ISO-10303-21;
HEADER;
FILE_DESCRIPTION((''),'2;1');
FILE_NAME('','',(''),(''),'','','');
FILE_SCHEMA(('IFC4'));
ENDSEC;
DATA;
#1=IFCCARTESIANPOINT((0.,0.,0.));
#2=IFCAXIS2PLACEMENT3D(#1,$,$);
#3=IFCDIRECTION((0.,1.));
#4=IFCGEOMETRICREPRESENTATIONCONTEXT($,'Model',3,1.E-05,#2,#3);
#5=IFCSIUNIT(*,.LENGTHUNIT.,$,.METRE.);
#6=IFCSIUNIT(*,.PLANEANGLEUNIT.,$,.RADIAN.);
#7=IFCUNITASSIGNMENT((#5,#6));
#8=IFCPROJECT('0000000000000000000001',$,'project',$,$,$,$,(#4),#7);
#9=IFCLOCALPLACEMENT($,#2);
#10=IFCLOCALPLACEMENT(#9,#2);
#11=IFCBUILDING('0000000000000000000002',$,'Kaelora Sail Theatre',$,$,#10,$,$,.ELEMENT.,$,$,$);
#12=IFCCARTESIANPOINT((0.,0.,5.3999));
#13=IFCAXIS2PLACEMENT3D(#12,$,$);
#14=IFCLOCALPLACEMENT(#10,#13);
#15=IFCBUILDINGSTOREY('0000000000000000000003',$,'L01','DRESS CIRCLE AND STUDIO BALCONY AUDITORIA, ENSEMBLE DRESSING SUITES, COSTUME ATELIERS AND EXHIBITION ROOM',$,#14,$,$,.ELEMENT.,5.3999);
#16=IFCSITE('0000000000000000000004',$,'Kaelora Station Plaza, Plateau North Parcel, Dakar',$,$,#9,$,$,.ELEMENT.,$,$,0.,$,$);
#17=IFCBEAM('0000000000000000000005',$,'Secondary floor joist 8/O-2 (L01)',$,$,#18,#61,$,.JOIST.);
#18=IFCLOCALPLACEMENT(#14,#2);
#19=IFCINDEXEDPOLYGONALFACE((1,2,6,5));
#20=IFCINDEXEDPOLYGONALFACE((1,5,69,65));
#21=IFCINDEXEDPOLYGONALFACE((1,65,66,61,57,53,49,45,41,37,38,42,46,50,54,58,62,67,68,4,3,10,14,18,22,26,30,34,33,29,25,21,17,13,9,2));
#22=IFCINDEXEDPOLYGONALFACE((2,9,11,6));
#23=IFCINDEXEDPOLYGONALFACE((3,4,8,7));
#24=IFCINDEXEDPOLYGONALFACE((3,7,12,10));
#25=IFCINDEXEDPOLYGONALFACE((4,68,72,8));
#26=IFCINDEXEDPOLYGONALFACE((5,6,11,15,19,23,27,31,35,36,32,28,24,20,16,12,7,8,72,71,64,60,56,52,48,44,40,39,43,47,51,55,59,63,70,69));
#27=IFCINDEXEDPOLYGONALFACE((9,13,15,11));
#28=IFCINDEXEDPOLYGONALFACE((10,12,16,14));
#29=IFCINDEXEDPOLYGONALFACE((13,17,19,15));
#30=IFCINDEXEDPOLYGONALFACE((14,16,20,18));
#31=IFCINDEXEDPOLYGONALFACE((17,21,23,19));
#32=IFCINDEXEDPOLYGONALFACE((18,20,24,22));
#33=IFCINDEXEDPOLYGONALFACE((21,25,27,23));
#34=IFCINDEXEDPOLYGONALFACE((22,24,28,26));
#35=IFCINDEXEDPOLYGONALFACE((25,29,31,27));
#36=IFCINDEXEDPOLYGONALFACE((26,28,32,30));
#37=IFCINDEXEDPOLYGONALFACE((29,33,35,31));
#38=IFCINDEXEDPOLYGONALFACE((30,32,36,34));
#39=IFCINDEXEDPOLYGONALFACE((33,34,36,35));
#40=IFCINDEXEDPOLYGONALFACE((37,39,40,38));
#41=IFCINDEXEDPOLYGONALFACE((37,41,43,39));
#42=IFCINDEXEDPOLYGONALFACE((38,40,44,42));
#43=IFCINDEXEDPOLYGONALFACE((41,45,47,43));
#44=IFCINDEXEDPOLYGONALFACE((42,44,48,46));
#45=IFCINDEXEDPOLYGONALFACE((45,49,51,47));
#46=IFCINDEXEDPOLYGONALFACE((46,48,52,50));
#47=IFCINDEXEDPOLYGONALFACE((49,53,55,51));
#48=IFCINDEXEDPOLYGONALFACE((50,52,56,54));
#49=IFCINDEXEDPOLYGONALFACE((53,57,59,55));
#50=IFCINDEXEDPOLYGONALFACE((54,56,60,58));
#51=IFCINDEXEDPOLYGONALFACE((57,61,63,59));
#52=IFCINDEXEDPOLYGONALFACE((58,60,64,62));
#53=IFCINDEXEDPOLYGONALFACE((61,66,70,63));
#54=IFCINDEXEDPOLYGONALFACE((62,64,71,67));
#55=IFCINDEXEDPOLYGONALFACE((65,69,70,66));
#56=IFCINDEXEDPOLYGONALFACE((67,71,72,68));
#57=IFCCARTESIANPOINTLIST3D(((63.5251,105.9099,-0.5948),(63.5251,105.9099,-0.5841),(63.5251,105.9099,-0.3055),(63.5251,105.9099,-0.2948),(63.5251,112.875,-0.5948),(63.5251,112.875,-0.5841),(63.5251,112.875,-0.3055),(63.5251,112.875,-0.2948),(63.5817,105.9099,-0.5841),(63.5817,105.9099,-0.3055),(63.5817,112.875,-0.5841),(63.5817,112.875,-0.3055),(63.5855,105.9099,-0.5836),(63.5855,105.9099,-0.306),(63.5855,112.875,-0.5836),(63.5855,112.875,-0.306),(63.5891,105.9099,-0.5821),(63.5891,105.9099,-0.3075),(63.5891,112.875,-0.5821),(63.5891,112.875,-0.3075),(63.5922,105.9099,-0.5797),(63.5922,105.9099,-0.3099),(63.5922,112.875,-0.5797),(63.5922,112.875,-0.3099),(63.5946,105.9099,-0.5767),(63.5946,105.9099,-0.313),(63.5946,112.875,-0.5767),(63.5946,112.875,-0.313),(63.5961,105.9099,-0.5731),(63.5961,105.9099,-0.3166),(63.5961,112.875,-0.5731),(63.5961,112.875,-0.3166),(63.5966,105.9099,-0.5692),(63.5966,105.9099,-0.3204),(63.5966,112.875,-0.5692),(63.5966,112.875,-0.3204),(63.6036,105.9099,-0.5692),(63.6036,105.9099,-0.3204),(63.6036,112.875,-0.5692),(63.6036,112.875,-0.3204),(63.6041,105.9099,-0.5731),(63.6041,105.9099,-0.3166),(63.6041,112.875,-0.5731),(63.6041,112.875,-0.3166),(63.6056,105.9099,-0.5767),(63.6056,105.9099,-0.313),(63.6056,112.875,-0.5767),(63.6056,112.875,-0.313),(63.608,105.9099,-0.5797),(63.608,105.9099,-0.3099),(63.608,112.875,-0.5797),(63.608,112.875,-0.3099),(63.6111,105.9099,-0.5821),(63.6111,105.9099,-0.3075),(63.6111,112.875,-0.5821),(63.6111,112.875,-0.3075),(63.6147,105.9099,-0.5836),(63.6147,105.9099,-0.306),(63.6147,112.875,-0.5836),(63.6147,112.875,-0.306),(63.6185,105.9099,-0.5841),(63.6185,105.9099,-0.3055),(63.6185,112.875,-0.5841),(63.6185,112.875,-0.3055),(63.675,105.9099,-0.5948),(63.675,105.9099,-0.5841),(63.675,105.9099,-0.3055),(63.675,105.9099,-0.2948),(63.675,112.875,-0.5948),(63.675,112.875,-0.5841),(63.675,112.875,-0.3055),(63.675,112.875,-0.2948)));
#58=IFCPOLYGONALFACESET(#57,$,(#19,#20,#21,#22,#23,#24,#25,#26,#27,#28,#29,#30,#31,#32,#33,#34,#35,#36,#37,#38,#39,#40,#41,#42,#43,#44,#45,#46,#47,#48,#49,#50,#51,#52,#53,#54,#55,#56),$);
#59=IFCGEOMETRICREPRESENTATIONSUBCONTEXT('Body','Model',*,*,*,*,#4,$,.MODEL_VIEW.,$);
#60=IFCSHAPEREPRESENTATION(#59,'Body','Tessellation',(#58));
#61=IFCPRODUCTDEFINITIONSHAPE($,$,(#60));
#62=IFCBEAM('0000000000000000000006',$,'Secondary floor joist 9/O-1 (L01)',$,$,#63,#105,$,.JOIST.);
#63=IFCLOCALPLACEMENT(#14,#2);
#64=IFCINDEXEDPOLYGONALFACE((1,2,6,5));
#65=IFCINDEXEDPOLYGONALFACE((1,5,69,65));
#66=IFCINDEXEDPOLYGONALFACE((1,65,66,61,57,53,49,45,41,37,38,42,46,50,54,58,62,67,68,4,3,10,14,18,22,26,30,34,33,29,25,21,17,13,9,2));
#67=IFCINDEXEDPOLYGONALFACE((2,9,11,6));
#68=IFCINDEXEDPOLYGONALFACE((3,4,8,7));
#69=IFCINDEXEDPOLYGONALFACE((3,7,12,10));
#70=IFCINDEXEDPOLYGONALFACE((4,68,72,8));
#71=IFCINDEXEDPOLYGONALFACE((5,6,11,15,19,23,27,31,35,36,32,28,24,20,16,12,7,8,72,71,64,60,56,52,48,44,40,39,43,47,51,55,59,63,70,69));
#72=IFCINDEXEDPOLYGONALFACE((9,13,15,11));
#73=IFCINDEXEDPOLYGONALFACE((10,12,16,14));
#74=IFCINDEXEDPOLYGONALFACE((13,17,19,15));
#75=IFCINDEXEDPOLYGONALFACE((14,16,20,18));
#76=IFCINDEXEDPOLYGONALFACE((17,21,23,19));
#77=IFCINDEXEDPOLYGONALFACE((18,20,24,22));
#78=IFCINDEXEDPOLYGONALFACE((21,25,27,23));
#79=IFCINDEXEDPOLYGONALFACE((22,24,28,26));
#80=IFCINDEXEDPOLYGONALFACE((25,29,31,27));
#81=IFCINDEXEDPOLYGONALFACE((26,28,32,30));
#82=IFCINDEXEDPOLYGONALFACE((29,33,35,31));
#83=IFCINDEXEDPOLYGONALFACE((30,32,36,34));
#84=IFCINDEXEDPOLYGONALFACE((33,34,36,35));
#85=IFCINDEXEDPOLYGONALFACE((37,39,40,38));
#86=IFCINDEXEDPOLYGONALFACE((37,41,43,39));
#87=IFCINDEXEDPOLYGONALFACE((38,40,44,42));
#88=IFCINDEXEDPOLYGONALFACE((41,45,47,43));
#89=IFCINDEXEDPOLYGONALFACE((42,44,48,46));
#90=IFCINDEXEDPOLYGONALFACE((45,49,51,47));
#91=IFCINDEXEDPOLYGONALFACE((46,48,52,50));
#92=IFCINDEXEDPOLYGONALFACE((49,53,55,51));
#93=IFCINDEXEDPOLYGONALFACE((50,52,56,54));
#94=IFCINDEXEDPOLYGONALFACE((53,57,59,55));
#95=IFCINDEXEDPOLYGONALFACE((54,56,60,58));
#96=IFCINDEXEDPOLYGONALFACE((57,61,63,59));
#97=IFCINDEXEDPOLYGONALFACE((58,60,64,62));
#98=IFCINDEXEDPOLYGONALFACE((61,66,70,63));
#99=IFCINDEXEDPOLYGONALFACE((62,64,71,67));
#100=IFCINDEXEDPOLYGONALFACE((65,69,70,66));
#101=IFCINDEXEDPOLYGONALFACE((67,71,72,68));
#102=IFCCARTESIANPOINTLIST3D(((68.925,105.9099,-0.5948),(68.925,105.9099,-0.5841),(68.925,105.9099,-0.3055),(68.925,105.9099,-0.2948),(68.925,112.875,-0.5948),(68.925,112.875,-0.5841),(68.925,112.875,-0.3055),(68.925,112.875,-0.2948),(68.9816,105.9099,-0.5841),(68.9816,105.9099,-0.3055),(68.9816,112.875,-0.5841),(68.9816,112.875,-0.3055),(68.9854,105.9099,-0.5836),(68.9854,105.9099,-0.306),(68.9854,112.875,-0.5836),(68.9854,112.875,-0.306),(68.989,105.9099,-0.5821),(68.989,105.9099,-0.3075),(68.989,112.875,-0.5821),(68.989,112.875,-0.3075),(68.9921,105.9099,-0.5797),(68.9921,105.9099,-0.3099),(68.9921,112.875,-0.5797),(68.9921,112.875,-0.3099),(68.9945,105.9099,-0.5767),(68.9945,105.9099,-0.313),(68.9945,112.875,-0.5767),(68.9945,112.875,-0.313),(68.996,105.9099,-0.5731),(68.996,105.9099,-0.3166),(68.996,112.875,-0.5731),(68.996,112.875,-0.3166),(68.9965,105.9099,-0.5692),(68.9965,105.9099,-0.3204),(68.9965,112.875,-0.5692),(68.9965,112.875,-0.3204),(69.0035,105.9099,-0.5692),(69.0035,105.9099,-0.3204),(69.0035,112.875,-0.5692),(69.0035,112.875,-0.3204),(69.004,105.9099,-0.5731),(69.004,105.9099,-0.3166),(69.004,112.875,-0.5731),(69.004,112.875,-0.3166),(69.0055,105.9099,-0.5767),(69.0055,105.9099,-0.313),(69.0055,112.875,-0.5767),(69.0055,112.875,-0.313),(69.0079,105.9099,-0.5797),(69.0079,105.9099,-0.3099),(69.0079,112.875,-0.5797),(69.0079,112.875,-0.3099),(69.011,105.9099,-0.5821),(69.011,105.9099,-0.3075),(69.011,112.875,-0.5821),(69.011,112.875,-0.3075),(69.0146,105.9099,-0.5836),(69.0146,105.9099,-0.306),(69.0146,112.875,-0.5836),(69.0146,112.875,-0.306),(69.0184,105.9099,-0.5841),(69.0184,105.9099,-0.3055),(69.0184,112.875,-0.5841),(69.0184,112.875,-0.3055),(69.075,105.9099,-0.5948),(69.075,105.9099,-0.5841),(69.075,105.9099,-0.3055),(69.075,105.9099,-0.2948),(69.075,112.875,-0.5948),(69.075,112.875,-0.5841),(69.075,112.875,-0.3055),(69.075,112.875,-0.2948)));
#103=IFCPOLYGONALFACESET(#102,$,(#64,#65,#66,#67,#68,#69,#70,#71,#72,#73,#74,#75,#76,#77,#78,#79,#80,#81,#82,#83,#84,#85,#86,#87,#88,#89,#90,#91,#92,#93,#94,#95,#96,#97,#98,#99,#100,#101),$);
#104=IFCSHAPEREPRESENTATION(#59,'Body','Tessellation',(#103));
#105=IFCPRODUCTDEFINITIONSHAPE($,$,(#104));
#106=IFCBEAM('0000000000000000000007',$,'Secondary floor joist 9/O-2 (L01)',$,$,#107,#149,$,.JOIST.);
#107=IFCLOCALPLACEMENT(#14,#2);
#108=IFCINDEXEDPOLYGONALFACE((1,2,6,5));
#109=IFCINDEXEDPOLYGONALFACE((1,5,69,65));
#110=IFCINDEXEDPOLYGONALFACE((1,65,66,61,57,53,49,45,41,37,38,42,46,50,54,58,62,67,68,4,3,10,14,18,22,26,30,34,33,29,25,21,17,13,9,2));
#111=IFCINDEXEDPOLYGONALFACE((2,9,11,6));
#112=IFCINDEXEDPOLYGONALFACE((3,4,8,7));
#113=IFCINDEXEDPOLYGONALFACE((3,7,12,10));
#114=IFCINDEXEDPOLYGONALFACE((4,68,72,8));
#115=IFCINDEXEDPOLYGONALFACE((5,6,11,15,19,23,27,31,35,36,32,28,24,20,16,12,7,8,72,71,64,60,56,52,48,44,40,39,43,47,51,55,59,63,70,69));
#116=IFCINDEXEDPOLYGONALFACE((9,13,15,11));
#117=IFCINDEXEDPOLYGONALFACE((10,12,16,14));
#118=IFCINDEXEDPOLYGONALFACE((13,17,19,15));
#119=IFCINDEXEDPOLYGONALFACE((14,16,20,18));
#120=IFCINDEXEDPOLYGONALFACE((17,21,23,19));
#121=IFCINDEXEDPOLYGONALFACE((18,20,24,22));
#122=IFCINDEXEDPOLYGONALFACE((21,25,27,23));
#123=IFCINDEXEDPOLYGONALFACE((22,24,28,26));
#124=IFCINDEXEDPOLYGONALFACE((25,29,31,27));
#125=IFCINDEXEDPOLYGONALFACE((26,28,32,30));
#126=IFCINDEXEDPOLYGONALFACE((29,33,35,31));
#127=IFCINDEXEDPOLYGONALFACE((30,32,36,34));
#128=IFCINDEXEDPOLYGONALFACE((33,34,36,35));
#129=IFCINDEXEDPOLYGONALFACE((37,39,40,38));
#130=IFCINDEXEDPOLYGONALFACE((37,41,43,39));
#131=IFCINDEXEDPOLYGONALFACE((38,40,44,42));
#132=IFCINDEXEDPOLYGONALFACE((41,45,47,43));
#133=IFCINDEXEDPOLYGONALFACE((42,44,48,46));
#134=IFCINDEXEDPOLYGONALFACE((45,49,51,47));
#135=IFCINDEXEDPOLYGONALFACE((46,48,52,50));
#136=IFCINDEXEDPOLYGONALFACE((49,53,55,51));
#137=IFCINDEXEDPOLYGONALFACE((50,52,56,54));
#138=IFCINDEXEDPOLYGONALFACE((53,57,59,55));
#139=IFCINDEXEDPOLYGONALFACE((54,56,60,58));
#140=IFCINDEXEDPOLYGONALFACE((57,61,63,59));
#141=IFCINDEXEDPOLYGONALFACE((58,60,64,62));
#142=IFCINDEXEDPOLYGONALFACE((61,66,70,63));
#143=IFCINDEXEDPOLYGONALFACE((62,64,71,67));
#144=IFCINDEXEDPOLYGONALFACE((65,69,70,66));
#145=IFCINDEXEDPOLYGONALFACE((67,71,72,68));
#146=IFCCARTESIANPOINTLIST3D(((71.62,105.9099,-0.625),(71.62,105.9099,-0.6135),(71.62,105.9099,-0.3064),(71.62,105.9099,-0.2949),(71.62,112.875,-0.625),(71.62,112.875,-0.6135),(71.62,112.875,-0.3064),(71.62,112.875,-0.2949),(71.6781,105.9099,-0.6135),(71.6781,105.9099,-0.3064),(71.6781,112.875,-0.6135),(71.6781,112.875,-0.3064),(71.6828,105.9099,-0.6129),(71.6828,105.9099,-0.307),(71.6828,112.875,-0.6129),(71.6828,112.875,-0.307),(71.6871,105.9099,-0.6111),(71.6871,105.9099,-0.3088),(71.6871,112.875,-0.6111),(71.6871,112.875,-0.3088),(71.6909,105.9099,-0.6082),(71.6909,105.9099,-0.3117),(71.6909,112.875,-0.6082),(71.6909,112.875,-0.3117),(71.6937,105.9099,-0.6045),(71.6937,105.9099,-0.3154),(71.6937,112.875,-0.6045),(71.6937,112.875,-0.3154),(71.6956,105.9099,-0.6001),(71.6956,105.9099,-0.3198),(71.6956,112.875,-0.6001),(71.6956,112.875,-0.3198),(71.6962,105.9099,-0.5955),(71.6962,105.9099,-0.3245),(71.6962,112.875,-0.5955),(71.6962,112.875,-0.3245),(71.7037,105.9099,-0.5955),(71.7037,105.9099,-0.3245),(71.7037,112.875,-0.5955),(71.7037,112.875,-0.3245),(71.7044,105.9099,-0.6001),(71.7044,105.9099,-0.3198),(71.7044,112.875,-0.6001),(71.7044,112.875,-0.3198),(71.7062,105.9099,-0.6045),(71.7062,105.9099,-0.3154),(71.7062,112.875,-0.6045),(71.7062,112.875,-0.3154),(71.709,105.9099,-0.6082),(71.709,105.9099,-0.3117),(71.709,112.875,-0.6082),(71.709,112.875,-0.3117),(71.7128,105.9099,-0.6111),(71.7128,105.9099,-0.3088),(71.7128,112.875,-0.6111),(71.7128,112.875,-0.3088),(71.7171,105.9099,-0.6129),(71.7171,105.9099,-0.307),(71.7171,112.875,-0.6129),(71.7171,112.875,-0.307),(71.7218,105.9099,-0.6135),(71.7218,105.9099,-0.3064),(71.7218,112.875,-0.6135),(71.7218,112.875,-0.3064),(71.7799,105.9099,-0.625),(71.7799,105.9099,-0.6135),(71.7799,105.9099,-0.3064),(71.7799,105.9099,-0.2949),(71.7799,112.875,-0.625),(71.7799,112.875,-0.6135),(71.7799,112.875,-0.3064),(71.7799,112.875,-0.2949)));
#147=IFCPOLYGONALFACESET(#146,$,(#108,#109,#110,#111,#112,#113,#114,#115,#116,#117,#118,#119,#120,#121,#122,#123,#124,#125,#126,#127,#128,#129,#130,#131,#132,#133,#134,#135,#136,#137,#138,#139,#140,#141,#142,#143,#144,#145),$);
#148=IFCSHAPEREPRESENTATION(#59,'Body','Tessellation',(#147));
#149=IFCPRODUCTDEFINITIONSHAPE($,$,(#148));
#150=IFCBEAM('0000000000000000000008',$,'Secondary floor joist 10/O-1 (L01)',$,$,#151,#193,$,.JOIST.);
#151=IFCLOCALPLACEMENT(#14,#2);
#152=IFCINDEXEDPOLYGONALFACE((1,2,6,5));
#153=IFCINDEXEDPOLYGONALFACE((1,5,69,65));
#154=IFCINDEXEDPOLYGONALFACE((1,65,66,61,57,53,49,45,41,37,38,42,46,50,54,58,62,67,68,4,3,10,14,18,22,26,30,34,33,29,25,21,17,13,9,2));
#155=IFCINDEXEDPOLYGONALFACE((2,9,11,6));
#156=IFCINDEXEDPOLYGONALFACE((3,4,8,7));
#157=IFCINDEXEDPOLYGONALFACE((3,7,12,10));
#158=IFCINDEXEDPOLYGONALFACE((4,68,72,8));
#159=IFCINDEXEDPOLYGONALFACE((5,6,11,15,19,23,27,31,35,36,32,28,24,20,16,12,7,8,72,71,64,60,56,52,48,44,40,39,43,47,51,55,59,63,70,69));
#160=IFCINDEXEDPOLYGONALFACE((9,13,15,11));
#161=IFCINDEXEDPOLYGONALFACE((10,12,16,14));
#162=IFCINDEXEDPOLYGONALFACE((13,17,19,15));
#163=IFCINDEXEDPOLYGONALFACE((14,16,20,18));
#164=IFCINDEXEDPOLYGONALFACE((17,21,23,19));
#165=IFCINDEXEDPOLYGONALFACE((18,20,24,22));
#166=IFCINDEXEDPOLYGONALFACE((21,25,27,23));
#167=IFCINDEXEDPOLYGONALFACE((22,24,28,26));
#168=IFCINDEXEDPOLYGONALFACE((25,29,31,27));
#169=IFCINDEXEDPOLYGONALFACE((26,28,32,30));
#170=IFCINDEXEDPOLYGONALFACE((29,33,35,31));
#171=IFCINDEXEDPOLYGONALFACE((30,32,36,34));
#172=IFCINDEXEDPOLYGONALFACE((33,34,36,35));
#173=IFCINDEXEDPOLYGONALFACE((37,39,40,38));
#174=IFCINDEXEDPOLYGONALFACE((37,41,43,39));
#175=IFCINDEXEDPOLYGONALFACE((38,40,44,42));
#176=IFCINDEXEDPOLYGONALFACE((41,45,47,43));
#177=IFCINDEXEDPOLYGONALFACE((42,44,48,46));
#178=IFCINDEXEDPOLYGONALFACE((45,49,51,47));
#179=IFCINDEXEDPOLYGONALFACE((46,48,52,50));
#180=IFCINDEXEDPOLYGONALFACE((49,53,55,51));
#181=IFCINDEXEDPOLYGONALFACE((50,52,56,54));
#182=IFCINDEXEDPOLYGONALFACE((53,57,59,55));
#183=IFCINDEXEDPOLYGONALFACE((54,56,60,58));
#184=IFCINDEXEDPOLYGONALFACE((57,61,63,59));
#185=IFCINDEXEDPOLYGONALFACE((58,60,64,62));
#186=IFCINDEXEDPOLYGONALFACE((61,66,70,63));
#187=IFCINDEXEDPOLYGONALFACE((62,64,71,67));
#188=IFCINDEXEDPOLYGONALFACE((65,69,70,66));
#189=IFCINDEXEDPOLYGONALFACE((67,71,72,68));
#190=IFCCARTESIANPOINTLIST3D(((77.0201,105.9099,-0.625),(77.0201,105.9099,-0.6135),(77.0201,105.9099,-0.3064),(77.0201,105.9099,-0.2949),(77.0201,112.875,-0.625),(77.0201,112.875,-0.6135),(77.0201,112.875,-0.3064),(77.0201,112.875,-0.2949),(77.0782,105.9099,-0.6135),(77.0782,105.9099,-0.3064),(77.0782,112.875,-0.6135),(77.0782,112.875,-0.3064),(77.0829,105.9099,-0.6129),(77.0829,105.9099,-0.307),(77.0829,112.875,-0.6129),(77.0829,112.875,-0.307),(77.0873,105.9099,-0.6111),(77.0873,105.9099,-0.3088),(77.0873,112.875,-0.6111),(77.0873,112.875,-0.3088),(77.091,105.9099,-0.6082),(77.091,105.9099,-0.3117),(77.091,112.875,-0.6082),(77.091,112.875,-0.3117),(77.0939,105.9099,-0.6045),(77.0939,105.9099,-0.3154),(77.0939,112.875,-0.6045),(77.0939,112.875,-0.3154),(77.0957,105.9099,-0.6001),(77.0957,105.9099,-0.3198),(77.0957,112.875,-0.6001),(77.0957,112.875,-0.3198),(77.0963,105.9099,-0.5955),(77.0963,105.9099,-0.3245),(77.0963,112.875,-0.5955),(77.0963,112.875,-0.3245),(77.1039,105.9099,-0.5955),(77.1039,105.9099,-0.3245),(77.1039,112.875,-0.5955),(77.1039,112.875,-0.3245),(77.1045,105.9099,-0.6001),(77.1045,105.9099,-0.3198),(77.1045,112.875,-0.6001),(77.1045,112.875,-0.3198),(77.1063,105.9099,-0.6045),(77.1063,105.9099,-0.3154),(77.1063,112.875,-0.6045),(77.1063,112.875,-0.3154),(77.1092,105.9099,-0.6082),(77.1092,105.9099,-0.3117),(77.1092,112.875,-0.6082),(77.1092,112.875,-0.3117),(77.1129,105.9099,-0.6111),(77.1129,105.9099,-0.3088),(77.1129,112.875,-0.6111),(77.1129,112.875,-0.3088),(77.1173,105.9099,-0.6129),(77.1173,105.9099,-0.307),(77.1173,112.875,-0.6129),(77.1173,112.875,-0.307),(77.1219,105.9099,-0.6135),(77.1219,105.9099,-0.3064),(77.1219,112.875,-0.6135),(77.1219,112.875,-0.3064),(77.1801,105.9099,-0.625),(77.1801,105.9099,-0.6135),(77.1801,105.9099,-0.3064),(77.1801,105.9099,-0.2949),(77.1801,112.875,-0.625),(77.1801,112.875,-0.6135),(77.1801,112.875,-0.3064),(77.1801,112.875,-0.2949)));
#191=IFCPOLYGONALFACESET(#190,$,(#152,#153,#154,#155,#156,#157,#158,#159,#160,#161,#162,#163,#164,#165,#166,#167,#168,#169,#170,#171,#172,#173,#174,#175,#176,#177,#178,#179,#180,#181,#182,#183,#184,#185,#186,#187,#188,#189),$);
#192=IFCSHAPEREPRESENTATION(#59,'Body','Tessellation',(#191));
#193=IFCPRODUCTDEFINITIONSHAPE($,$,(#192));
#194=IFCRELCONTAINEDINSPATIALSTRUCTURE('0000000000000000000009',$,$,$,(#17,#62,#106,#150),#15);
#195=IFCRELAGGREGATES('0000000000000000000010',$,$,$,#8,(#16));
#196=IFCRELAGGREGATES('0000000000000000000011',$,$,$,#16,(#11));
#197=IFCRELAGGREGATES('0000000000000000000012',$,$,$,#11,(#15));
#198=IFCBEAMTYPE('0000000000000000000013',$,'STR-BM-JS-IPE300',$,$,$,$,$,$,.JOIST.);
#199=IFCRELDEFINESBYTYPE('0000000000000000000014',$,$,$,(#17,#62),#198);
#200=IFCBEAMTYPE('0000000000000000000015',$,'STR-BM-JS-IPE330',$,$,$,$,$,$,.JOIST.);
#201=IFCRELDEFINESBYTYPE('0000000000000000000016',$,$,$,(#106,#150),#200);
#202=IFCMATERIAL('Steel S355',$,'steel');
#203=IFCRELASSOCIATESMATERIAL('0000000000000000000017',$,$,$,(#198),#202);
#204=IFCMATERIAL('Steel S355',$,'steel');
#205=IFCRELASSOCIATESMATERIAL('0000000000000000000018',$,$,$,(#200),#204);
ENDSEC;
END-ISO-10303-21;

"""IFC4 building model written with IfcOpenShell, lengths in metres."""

from ifc_helpers import new_model, si_unit, direction, frame, origin, origin_2d, place, context, subcontext, project, spatial, i_section, extrude, material, material_profile, profile_set, type_object, element, save


model = new_model("IFC4")

# Units and contexts
model_context = context("Model", 3, precision=1e-05, world=origin(), true_north=direction((0.0, 1.0)))
body_context = subcontext(model_context, "Body", "Model", "MODEL_VIEW")
ifc_project = project(units=[si_unit("LENGTHUNIT", "METRE"), si_unit("PLANEANGLEUNIT", "RADIAN")], contexts=[model_context])

# Site, building, storey
site_placement = place(None, origin())
site = spatial("IfcSite", under=ifc_project, at=site_placement, Name="Kaelora Station Plaza, Plateau North Parcel, Dakar", CompositionType="ELEMENT", RefElevation=0.0)
building_placement = place(site_placement, origin())
building = spatial("IfcBuilding", under=site, at=building_placement, Name="Kaelora Sail Theatre", CompositionType="ELEMENT")
storey_placement = place(building_placement, frame((0.0, 0.0, 5.3999)))
storey = spatial("IfcBuildingStorey", under=building, at=storey_placement, Name="L01", Description="DRESS CIRCLE AND STUDIO BALCONY AUDITORIA, ENSEMBLE DRESSING SUITES, COSTUME ATELIERS AND EXHIBITION ROOM", CompositionType="ELEMENT", Elevation=5.3999)

# Beams
ifc_material_1 = material(Name="Steel S355", Category="steel")
ifc_material_profile_1 = material_profile(ifc_material_1, i_section(OverallWidth=0.1499, OverallDepth=0.3, WebThickness=0.0071, FlangeThickness=0.0107, FilletRadius=0.0149, at=origin_2d()), Name="IPE 300")
ifc_profile_set_1 = profile_set([ifc_material_profile_1], Name="Steel S355")
beam_type_1 = type_object("IfcBeamType", Name="STR-BM-JS-IPE300", PredefinedType="JOIST", material=ifc_profile_set_1)
for number, where, z_axis, x_axis, name in (
    (1, (63.6001, 105.9099, -0.4448), (0.0, 1.0, 0.0), (-1.0, 0.0, 0.0), "Secondary floor joist 8/O-2 (L01)"),
    (2, (69.0, 105.9099, -0.4448), (0.0, 1.0, 0.0), (-1.0, 0.0, 0.0), "Secondary floor joist 9/O-1 (L01)"),
):
    element("IfcBeam", number, at=place(storey_placement, frame(where, z_axis=z_axis, x_axis=x_axis)), inside=storey, type_object=beam_type_1, Name=name, PredefinedType="JOIST", context=body_context, shape_type="SweptSolid", body=[
        extrude(i_section(OverallWidth=0.1499, OverallDepth=0.3, WebThickness=0.0071, FlangeThickness=0.0107, FilletRadius=0.0149, at=origin_2d()), origin(), (0.0, 0.0, 1.0), 6.9651),
    ])
ifc_material_2 = material(Name="Steel S355", Category="steel")
ifc_material_profile_2 = material_profile(ifc_material_2, i_section(OverallWidth=0.1599, OverallDepth=0.3301, WebThickness=0.0076, FlangeThickness=0.0115, FilletRadius=0.0181, at=origin_2d()), Name="IPE 330")
ifc_profile_set_2 = profile_set([ifc_material_profile_2], Name="Steel S355")
beam_type_2 = type_object("IfcBeamType", Name="STR-BM-JS-IPE330", PredefinedType="JOIST", material=ifc_profile_set_2)
for number, where, z_axis, x_axis, name in (
    (3, (71.7, 105.9099, -0.46), (0.0, 1.0, 0.0), (-1.0, 0.0, 0.0), "Secondary floor joist 9/O-2 (L01)"),
    (4, (77.1001, 105.9099, -0.46), (0.0, 1.0, 0.0), (-1.0, 0.0, 0.0), "Secondary floor joist 10/O-1 (L01)"),
):
    element("IfcBeam", number, at=place(storey_placement, frame(where, z_axis=z_axis, x_axis=x_axis)), inside=storey, type_object=beam_type_2, Name=name, PredefinedType="JOIST", context=body_context, shape_type="SweptSolid", body=[
        extrude(i_section(OverallWidth=0.1599, OverallDepth=0.3301, WebThickness=0.0076, FlangeThickness=0.0115, FilletRadius=0.0181, at=origin_2d()), origin(), (0.0, 0.0, 1.0), 6.9651),
    ])

save(model, "model.ifc")
